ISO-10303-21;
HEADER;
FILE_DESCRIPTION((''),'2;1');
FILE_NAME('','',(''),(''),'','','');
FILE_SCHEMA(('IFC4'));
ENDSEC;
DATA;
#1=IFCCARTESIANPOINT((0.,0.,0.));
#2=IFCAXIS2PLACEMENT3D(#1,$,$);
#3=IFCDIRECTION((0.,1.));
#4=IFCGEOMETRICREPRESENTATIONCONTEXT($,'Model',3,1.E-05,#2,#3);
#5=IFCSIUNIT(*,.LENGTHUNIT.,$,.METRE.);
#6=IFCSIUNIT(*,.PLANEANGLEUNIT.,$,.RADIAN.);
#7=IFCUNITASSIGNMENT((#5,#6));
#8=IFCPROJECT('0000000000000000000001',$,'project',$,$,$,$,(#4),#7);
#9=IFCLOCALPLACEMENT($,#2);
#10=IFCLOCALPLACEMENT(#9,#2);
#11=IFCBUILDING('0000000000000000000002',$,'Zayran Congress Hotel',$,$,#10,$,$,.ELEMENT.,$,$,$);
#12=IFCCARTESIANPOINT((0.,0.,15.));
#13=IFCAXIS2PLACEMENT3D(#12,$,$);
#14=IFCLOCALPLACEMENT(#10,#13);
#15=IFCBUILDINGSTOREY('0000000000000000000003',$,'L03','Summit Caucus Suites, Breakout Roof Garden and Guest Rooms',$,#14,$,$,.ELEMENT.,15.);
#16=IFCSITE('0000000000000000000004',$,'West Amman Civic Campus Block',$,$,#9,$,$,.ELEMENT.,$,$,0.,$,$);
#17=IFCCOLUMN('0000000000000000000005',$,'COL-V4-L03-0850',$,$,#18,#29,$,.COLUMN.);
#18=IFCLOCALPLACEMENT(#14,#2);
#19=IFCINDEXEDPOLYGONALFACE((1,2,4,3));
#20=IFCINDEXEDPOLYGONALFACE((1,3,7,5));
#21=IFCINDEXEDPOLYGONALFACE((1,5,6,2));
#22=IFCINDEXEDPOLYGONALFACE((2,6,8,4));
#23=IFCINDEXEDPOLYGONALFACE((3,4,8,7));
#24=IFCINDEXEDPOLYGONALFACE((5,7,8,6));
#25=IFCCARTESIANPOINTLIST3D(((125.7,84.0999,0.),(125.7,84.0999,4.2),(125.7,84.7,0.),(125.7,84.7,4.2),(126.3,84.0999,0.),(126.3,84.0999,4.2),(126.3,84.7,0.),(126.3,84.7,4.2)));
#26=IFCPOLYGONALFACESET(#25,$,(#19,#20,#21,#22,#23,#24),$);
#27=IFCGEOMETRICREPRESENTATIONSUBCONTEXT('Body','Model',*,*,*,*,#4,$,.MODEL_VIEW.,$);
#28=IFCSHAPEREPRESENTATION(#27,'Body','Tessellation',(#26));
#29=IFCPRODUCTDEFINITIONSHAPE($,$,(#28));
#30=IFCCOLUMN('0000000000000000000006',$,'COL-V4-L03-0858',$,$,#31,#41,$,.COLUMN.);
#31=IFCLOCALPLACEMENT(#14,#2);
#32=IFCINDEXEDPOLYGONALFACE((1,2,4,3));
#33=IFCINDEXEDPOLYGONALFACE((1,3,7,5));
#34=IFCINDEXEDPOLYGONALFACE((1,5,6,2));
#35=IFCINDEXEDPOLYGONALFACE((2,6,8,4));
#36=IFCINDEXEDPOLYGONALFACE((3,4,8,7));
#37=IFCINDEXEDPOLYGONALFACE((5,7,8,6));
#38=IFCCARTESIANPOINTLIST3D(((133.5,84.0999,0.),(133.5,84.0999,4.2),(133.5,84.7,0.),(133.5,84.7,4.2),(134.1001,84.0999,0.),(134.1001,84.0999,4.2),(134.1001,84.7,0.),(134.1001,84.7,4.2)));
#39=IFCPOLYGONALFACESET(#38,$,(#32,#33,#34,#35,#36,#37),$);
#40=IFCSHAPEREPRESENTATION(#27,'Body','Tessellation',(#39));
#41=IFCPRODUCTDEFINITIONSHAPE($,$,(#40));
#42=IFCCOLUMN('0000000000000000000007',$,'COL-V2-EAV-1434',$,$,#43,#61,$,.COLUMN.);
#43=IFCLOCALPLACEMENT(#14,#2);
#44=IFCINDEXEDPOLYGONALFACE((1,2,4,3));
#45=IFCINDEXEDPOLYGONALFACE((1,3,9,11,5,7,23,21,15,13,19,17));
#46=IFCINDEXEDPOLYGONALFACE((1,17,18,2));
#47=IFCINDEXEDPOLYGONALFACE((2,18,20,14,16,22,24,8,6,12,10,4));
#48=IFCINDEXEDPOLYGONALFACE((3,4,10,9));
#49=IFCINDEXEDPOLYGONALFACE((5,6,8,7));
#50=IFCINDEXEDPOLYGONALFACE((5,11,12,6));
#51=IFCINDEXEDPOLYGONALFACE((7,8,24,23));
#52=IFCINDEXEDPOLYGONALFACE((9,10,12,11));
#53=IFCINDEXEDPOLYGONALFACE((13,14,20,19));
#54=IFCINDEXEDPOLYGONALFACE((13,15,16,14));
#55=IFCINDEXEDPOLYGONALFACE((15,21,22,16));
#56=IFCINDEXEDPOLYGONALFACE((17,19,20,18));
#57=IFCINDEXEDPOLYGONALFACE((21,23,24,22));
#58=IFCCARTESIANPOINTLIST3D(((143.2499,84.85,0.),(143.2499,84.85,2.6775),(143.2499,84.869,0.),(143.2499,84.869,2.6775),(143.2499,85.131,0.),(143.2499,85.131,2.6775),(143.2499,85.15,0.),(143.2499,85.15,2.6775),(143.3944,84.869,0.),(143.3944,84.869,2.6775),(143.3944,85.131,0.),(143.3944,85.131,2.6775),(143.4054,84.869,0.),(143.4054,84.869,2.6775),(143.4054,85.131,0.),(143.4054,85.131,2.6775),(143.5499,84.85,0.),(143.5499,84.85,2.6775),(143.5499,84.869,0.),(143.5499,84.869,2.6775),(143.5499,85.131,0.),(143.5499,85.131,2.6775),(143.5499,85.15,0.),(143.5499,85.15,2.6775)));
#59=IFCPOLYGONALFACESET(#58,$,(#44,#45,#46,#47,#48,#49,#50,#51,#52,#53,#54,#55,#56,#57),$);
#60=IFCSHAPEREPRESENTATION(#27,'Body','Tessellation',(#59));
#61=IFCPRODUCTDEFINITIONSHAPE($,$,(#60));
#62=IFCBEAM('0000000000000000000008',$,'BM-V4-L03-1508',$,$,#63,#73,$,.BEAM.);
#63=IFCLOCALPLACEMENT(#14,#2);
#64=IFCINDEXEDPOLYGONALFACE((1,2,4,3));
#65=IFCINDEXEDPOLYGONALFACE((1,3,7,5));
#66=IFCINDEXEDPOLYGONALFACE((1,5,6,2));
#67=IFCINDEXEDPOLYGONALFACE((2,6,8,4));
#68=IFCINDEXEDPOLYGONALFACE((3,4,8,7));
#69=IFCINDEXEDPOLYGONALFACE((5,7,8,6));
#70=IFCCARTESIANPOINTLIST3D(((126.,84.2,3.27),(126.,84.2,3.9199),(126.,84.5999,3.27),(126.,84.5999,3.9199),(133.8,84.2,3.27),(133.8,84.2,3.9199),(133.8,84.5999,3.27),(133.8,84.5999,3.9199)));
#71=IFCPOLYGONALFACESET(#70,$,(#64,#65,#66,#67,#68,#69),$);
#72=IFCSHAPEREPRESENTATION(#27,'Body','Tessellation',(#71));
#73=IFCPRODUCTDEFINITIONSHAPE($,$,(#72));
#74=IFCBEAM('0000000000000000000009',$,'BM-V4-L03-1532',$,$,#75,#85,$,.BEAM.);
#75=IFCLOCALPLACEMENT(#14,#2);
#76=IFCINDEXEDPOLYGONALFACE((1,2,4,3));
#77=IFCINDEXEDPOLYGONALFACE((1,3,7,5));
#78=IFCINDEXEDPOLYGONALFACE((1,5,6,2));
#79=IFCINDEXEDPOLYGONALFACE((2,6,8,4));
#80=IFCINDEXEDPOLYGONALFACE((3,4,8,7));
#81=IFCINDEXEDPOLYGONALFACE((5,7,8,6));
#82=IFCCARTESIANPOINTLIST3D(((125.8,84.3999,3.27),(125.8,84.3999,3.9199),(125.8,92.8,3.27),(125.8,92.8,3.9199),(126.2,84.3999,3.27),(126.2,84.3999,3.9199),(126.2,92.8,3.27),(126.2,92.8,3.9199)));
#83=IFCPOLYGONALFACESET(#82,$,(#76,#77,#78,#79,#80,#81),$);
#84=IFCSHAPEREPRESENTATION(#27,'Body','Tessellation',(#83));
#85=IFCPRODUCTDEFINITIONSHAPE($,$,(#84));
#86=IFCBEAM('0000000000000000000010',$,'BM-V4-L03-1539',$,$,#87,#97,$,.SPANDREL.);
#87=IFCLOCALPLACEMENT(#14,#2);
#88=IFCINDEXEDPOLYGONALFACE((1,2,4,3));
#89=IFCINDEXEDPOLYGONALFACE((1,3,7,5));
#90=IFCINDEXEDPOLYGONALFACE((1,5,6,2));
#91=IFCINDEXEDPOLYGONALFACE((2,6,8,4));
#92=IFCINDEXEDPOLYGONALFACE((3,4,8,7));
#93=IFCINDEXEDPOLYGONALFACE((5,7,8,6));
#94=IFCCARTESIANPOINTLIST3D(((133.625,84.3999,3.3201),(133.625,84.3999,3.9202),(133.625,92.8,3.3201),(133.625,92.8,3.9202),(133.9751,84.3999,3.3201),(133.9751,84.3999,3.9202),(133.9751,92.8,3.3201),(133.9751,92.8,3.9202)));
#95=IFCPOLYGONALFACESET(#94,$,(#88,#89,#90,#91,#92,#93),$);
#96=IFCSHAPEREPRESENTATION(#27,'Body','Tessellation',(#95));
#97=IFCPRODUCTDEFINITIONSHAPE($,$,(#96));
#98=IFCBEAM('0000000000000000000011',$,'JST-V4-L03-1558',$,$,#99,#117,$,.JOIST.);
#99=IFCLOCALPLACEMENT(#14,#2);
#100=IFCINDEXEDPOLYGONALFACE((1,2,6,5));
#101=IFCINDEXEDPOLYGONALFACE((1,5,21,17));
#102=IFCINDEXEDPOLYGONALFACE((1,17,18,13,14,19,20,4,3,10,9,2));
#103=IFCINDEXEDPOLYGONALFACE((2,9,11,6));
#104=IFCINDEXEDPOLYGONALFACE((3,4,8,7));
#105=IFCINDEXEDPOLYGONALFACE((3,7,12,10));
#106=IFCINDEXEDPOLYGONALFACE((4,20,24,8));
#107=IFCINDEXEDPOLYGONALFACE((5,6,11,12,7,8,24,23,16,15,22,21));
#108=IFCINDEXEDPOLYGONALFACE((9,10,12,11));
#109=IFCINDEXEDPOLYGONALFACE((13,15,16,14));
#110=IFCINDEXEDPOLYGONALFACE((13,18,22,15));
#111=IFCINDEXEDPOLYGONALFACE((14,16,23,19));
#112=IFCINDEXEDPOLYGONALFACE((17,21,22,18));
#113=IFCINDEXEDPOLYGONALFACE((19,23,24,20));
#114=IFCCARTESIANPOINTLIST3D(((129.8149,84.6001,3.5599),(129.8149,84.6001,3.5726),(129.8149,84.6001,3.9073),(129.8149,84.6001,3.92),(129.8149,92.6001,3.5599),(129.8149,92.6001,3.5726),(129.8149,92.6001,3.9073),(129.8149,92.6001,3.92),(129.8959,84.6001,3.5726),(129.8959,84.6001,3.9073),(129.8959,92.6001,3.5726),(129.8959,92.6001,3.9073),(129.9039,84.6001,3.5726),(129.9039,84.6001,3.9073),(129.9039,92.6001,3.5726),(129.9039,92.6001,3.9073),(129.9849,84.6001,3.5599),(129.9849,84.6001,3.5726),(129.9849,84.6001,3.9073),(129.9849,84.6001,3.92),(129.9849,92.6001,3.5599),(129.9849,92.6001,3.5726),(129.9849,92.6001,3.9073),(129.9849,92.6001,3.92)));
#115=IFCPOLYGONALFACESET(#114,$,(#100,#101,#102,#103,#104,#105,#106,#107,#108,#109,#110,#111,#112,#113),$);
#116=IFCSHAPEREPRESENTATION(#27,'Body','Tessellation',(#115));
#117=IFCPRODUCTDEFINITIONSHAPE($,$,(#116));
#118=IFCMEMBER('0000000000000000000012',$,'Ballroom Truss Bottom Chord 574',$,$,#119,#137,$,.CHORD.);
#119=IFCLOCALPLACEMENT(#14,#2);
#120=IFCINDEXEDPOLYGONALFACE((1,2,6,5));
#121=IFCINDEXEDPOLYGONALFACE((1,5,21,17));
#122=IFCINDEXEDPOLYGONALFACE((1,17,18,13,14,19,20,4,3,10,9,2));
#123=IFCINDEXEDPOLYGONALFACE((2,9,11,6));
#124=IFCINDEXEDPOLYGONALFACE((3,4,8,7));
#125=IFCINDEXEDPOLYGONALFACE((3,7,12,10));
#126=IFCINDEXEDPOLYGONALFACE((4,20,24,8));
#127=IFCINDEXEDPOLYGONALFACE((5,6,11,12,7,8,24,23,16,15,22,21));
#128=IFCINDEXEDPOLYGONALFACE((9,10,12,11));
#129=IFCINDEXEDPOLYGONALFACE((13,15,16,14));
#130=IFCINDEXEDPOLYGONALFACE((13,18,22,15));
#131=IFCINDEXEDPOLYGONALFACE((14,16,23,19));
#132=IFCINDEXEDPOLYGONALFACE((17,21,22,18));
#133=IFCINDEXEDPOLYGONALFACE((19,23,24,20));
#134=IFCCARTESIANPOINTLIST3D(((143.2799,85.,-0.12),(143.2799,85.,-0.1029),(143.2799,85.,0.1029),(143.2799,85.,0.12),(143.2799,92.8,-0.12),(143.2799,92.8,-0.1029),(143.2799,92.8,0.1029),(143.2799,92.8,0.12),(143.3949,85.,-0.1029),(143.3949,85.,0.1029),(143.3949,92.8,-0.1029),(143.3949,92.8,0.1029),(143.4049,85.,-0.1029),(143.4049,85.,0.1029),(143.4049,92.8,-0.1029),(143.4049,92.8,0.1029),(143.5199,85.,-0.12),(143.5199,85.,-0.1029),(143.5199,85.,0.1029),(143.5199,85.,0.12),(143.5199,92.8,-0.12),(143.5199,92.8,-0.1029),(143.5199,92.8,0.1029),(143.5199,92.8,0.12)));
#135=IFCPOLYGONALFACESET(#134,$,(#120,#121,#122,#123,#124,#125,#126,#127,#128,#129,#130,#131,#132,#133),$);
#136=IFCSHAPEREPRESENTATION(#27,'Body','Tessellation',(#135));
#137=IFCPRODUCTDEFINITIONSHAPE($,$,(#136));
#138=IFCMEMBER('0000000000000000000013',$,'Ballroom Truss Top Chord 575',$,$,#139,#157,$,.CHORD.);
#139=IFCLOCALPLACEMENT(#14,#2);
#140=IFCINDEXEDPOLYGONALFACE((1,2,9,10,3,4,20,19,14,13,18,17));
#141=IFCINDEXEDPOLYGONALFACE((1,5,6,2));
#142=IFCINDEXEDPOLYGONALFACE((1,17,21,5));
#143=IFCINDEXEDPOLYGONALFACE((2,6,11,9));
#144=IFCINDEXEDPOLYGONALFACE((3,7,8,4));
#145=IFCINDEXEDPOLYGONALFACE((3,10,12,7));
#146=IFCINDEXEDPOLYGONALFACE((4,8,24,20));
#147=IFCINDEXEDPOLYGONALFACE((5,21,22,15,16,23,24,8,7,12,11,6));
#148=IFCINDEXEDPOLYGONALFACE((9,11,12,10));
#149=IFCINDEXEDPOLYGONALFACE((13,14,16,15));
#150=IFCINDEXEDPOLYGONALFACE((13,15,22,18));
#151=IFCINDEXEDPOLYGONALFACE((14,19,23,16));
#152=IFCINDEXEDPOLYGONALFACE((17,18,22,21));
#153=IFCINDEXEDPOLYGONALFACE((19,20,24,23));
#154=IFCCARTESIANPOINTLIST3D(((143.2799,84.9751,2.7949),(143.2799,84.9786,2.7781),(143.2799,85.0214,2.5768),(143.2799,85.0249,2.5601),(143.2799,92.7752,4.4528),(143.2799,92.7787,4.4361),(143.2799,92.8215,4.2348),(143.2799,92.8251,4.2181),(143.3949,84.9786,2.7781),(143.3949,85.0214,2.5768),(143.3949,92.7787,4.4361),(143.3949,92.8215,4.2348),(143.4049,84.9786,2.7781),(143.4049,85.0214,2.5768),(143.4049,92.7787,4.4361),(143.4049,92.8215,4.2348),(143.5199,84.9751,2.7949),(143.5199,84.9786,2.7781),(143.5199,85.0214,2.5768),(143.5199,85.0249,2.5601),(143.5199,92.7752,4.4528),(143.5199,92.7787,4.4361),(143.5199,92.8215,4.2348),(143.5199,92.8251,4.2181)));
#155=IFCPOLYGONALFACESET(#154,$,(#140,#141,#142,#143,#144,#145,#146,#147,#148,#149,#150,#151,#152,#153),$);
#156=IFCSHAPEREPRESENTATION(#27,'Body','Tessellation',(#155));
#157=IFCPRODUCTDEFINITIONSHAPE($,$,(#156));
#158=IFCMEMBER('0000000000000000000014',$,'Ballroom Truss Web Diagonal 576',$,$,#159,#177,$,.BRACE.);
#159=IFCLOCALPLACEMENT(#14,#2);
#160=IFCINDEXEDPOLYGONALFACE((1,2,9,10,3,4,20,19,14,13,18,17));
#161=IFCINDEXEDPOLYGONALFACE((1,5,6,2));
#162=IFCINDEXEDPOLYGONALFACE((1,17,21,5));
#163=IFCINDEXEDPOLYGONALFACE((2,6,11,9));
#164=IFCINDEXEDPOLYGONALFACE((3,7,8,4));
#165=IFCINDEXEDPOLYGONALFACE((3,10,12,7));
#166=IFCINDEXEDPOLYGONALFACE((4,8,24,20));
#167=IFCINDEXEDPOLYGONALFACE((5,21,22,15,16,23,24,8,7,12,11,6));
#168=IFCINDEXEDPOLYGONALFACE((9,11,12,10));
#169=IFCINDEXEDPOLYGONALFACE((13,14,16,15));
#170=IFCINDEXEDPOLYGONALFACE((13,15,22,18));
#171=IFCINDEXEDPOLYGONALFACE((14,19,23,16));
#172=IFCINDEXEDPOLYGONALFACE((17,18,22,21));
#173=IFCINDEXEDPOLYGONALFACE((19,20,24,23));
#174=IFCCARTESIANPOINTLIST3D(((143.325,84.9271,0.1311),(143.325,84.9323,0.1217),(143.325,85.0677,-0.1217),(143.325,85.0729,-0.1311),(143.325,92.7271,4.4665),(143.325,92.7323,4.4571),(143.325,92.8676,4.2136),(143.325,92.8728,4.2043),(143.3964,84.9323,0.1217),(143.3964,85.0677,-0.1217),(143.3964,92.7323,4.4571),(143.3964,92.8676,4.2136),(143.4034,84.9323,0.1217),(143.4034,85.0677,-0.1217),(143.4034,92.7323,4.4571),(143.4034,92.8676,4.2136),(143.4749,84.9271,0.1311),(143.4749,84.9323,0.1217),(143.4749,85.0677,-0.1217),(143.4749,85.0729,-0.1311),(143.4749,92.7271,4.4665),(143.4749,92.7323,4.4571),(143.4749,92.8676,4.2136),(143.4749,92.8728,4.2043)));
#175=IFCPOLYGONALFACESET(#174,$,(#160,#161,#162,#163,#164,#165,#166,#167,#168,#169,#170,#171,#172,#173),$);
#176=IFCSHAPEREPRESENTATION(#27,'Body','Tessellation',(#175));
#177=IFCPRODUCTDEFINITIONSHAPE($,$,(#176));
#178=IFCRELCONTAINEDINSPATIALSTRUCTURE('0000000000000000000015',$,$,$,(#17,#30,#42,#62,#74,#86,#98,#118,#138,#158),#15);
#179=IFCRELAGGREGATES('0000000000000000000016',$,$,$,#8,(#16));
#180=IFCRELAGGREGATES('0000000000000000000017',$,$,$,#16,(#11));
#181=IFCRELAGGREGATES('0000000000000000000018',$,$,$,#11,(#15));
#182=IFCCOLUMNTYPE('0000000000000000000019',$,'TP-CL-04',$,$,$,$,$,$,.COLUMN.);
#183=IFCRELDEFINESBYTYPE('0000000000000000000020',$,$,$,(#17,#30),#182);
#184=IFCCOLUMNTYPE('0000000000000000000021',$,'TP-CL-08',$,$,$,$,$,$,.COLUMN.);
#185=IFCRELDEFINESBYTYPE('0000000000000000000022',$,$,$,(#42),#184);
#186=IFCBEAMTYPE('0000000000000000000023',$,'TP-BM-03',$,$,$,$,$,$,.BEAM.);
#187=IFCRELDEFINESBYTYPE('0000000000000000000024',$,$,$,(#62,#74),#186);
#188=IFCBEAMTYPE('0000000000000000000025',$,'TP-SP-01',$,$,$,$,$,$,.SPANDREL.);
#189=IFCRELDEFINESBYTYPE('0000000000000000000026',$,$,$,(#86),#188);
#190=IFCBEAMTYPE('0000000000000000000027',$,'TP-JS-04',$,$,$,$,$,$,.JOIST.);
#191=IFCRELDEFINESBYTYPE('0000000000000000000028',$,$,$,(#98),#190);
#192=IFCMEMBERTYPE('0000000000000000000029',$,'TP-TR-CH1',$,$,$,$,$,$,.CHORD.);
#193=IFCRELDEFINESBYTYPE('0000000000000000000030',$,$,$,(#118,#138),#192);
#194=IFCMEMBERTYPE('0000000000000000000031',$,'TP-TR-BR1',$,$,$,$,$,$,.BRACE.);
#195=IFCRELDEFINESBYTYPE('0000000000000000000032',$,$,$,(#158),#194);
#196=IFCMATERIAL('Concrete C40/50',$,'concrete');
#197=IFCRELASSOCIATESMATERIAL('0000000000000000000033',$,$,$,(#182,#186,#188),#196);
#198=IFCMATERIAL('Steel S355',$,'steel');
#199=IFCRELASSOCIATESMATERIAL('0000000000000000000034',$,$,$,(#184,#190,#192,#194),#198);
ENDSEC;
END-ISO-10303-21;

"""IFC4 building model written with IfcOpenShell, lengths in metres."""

from ifc_helpers import new_model, si_unit, direction, frame, origin, origin_2d, place, context, subcontext, project, spatial, rectangle, i_section, extrude, material, material_profile, profile_set, type_object, element, save


model = new_model("IFC4")

# Units and contexts
model_context = context("Model", 3, precision=1e-05, world=origin(), true_north=direction((0.0, 1.0)))
body_context = subcontext(model_context, "Body", "Model", "MODEL_VIEW")
ifc_project = project(units=[si_unit("LENGTHUNIT", "METRE"), si_unit("PLANEANGLEUNIT", "RADIAN")], contexts=[model_context])

# Site, building, storey
site_placement = place(None, origin())
site = spatial("IfcSite", under=ifc_project, at=site_placement, Name="West Amman Civic Campus Block", CompositionType="ELEMENT", RefElevation=0.0)
building_placement = place(site_placement, origin())
building = spatial("IfcBuilding", under=site, at=building_placement, Name="Zayran Congress Hotel", CompositionType="ELEMENT")
storey_placement = place(building_placement, frame((0.0, 0.0, 15.0)))
storey = spatial("IfcBuildingStorey", under=building, at=storey_placement, Name="L03", Description="Summit Caucus Suites, Breakout Roof Garden and Guest Rooms", CompositionType="ELEMENT", Elevation=15.0)

# Columns
ifc_material_1 = material(Name="Concrete C40/50", Category="concrete")
ifc_material_profile_1 = material_profile(ifc_material_1, rectangle(XDim=0.6001, YDim=0.6001, at=origin_2d()), Name="RC 600x600")
ifc_profile_set_1 = profile_set([ifc_material_profile_1], Name="Concrete C40/50")
column_type_1 = type_object("IfcColumnType", Name="TP-CL-04", PredefinedType="COLUMN", material=ifc_profile_set_1)
for number, where, z_axis, x_axis, name in (
    (1, (126.0, 84.3999, 0.0), (0.0, 0.0, 1.0), (1.0, 0.0, 0.0), "COL-V4-L03-0850"),
    (2, (133.8, 84.3999, 0.0), (0.0, 0.0, 1.0), (1.0, 0.0, 0.0), "COL-V4-L03-0858"),
):
    element("IfcColumn", number, at=place(storey_placement, frame(where, z_axis=z_axis, x_axis=x_axis)), inside=storey, type_object=column_type_1, Name=name, PredefinedType="COLUMN", context=body_context, shape_type="SweptSolid", body=[
        extrude(rectangle(XDim=0.6001, YDim=0.6001, at=origin_2d()), origin(), (0.0, 0.0, 1.0), 4.2),
    ])
ifc_material_2 = material(Name="Steel S355", Category="steel")
ifc_material_profile_2 = material_profile(ifc_material_2, i_section(OverallWidth=0.3, OverallDepth=0.3, WebThickness=0.011, FlangeThickness=0.019, at=origin_2d()), Name="HEB 300")
ifc_profile_set_2 = profile_set([ifc_material_profile_2], Name="Steel S355")
column_type_2 = type_object("IfcColumnType", Name="TP-CL-08", PredefinedType="COLUMN", material=ifc_profile_set_2)
column_placement = place(storey_placement, frame((143.3999, 85.0, 0.0), z_axis=(0.0, 0.0, 1.0), x_axis=(1.0, 0.0, 0.0)))
element("IfcColumn", 3, at=column_placement, inside=storey, type_object=column_type_2, Name="COL-V2-EAV-1434", PredefinedType="COLUMN", context=body_context, shape_type="SweptSolid", body=[
    extrude(i_section(OverallWidth=0.3, OverallDepth=0.3, WebThickness=0.011, FlangeThickness=0.019, at=origin_2d()), origin(), (0.0, 0.0, 1.0), 2.6775),
])

# Beams
ifc_material_profile_3 = material_profile(ifc_material_1, rectangle(XDim=0.3999, YDim=0.6499, at=origin_2d()), Name="RC 400x650")
ifc_profile_set_3 = profile_set([ifc_material_profile_3], Name="Concrete C40/50")
beam_type_1 = type_object("IfcBeamType", Name="TP-BM-03", PredefinedType="BEAM", material=ifc_profile_set_3)
beam_1_placement = place(storey_placement, frame((126.0, 84.3999, 3.595), z_axis=(1.0, 0.0, 0.0), x_axis=(0.0, 1.0, 0.0)))
element("IfcBeam", 4, at=beam_1_placement, inside=storey, type_object=beam_type_1, Name="BM-V4-L03-1508", PredefinedType="BEAM", context=body_context, shape_type="SweptSolid", body=[
    extrude(rectangle(XDim=0.3999, YDim=0.6499, at=origin_2d()), origin(), (0.0, 0.0, 1.0), 7.8),
])
beam_2_placement = place(storey_placement, frame((126.0, 84.3999, 3.595), z_axis=(0.0, 1.0, 0.0), x_axis=(-1.0, 0.0, 0.0)))
element("IfcBeam", 5, at=beam_2_placement, inside=storey, type_object=beam_type_1, Name="BM-V4-L03-1532", PredefinedType="BEAM", context=body_context, shape_type="SweptSolid", body=[
    extrude(rectangle(XDim=0.3999, YDim=0.6499, at=origin_2d()), origin(), (0.0, 0.0, 1.0), 8.4001),
])
ifc_material_profile_4 = material_profile(ifc_material_1, rectangle(XDim=0.3501, YDim=0.6001, at=origin_2d()), Name="RC 350x600")
ifc_profile_set_4 = profile_set([ifc_material_profile_4], Name="Concrete C40/50")
beam_type_2 = type_object("IfcBeamType", Name="TP-SP-01", PredefinedType="SPANDREL", material=ifc_profile_set_4)
beam_3_placement = place(storey_placement, frame((133.8, 84.3999, 3.6201), z_axis=(0.0, 1.0, 0.0), x_axis=(-1.0, 0.0, 0.0)))
element("IfcBeam", 6, at=beam_3_placement, inside=storey, type_object=beam_type_2, Name="BM-V4-L03-1539", PredefinedType="SPANDREL", context=body_context, shape_type="SweptSolid", body=[
    extrude(rectangle(XDim=0.3501, YDim=0.6001, at=origin_2d()), origin(), (0.0, 0.0, 1.0), 8.4001),
])
ifc_material_profile_5 = material_profile(ifc_material_2, i_section(OverallWidth=0.1699, OverallDepth=0.3601, WebThickness=0.0081, FlangeThickness=0.0127, at=origin_2d()), Name="IPE 360")
ifc_profile_set_5 = profile_set([ifc_material_profile_5], Name="Steel S355")
beam_type_3 = type_object("IfcBeamType", Name="TP-JS-04", PredefinedType="JOIST", material=ifc_profile_set_5)
beam_4_placement = place(storey_placement, frame((129.8999, 84.6001, 3.74), z_axis=(0.0, 1.0, 0.0), x_axis=(-1.0, 0.0, 0.0)))
element("IfcBeam", 7, at=beam_4_placement, inside=storey, type_object=beam_type_3, Name="JST-V4-L03-1558", PredefinedType="JOIST", context=body_context, shape_type="SweptSolid", body=[
    extrude(i_section(OverallWidth=0.1699, OverallDepth=0.3601, WebThickness=0.0081, FlangeThickness=0.0127, at=origin_2d()), origin(), (0.0, 0.0, 1.0), 8.0),
])

# Members
ifc_material_profile_6 = material_profile(ifc_material_2, i_section(OverallWidth=0.24, OverallDepth=0.24, WebThickness=0.01, FlangeThickness=0.0171, at=origin_2d()), Name="HEB 240")
ifc_profile_set_6 = profile_set([ifc_material_profile_6], Name="Steel S355")
member_type_1 = type_object("IfcMemberType", Name="TP-TR-CH1", PredefinedType="CHORD", material=ifc_profile_set_6)
member_1_placement = place(storey_placement, frame((143.3999, 85.0, 0.0), z_axis=(0.0, 1.0, 0.0), x_axis=(-1.0, 0.0, 0.0)))
element("IfcMember", 8, at=member_1_placement, inside=storey, type_object=member_type_1, Name="Ballroom Truss Bottom Chord 574", PredefinedType="CHORD", context=body_context, shape_type="SweptSolid", body=[
    extrude(i_section(OverallWidth=0.24, OverallDepth=0.24, WebThickness=0.01, FlangeThickness=0.0171, at=origin_2d()), origin(), (0.0, 0.0, 1.0), 7.8),
])
member_2_placement = place(storey_placement, frame((143.3999, 85.0, 2.6775), z_axis=(0.0, 0.978147, 0.207913), x_axis=(-1.0, 0.0, 0.0)))
element("IfcMember", 9, at=member_2_placement, inside=storey, type_object=member_type_1, Name="Ballroom Truss Top Chord 575", PredefinedType="CHORD", context=body_context, shape_type="SweptSolid", body=[
    extrude(i_section(OverallWidth=0.24, OverallDepth=0.24, WebThickness=0.01, FlangeThickness=0.0171, at=origin_2d()), origin(), (0.0, 0.0, 1.0), 7.9744),
])
ifc_material_profile_7 = material_profile(ifc_material_2, i_section(OverallWidth=0.1499, OverallDepth=0.3, WebThickness=0.0071, FlangeThickness=0.0107, at=origin_2d()), Name="IPE 300")
ifc_profile_set_7 = profile_set([ifc_material_profile_7], Name="Steel S355")
member_type_2 = type_object("IfcMemberType", Name="TP-TR-BR1", PredefinedType="BRACE", material=ifc_profile_set_7)
member_3_placement = place(storey_placement, frame((143.3999, 85.0, 0.0), z_axis=(0.0, 0.874058, 0.485822), x_axis=(-1.0, 0.0, 0.0)))
element("IfcMember", 10, at=member_3_placement, inside=storey, type_object=member_type_2, Name="Ballroom Truss Web Diagonal 576", PredefinedType="BRACE", context=body_context, shape_type="SweptSolid", body=[
    extrude(i_section(OverallWidth=0.1499, OverallDepth=0.3, WebThickness=0.0071, FlangeThickness=0.0107, at=origin_2d()), origin(), (0.0, 0.0, 1.0), 8.9238),
])

save(model, "model.ifc")
